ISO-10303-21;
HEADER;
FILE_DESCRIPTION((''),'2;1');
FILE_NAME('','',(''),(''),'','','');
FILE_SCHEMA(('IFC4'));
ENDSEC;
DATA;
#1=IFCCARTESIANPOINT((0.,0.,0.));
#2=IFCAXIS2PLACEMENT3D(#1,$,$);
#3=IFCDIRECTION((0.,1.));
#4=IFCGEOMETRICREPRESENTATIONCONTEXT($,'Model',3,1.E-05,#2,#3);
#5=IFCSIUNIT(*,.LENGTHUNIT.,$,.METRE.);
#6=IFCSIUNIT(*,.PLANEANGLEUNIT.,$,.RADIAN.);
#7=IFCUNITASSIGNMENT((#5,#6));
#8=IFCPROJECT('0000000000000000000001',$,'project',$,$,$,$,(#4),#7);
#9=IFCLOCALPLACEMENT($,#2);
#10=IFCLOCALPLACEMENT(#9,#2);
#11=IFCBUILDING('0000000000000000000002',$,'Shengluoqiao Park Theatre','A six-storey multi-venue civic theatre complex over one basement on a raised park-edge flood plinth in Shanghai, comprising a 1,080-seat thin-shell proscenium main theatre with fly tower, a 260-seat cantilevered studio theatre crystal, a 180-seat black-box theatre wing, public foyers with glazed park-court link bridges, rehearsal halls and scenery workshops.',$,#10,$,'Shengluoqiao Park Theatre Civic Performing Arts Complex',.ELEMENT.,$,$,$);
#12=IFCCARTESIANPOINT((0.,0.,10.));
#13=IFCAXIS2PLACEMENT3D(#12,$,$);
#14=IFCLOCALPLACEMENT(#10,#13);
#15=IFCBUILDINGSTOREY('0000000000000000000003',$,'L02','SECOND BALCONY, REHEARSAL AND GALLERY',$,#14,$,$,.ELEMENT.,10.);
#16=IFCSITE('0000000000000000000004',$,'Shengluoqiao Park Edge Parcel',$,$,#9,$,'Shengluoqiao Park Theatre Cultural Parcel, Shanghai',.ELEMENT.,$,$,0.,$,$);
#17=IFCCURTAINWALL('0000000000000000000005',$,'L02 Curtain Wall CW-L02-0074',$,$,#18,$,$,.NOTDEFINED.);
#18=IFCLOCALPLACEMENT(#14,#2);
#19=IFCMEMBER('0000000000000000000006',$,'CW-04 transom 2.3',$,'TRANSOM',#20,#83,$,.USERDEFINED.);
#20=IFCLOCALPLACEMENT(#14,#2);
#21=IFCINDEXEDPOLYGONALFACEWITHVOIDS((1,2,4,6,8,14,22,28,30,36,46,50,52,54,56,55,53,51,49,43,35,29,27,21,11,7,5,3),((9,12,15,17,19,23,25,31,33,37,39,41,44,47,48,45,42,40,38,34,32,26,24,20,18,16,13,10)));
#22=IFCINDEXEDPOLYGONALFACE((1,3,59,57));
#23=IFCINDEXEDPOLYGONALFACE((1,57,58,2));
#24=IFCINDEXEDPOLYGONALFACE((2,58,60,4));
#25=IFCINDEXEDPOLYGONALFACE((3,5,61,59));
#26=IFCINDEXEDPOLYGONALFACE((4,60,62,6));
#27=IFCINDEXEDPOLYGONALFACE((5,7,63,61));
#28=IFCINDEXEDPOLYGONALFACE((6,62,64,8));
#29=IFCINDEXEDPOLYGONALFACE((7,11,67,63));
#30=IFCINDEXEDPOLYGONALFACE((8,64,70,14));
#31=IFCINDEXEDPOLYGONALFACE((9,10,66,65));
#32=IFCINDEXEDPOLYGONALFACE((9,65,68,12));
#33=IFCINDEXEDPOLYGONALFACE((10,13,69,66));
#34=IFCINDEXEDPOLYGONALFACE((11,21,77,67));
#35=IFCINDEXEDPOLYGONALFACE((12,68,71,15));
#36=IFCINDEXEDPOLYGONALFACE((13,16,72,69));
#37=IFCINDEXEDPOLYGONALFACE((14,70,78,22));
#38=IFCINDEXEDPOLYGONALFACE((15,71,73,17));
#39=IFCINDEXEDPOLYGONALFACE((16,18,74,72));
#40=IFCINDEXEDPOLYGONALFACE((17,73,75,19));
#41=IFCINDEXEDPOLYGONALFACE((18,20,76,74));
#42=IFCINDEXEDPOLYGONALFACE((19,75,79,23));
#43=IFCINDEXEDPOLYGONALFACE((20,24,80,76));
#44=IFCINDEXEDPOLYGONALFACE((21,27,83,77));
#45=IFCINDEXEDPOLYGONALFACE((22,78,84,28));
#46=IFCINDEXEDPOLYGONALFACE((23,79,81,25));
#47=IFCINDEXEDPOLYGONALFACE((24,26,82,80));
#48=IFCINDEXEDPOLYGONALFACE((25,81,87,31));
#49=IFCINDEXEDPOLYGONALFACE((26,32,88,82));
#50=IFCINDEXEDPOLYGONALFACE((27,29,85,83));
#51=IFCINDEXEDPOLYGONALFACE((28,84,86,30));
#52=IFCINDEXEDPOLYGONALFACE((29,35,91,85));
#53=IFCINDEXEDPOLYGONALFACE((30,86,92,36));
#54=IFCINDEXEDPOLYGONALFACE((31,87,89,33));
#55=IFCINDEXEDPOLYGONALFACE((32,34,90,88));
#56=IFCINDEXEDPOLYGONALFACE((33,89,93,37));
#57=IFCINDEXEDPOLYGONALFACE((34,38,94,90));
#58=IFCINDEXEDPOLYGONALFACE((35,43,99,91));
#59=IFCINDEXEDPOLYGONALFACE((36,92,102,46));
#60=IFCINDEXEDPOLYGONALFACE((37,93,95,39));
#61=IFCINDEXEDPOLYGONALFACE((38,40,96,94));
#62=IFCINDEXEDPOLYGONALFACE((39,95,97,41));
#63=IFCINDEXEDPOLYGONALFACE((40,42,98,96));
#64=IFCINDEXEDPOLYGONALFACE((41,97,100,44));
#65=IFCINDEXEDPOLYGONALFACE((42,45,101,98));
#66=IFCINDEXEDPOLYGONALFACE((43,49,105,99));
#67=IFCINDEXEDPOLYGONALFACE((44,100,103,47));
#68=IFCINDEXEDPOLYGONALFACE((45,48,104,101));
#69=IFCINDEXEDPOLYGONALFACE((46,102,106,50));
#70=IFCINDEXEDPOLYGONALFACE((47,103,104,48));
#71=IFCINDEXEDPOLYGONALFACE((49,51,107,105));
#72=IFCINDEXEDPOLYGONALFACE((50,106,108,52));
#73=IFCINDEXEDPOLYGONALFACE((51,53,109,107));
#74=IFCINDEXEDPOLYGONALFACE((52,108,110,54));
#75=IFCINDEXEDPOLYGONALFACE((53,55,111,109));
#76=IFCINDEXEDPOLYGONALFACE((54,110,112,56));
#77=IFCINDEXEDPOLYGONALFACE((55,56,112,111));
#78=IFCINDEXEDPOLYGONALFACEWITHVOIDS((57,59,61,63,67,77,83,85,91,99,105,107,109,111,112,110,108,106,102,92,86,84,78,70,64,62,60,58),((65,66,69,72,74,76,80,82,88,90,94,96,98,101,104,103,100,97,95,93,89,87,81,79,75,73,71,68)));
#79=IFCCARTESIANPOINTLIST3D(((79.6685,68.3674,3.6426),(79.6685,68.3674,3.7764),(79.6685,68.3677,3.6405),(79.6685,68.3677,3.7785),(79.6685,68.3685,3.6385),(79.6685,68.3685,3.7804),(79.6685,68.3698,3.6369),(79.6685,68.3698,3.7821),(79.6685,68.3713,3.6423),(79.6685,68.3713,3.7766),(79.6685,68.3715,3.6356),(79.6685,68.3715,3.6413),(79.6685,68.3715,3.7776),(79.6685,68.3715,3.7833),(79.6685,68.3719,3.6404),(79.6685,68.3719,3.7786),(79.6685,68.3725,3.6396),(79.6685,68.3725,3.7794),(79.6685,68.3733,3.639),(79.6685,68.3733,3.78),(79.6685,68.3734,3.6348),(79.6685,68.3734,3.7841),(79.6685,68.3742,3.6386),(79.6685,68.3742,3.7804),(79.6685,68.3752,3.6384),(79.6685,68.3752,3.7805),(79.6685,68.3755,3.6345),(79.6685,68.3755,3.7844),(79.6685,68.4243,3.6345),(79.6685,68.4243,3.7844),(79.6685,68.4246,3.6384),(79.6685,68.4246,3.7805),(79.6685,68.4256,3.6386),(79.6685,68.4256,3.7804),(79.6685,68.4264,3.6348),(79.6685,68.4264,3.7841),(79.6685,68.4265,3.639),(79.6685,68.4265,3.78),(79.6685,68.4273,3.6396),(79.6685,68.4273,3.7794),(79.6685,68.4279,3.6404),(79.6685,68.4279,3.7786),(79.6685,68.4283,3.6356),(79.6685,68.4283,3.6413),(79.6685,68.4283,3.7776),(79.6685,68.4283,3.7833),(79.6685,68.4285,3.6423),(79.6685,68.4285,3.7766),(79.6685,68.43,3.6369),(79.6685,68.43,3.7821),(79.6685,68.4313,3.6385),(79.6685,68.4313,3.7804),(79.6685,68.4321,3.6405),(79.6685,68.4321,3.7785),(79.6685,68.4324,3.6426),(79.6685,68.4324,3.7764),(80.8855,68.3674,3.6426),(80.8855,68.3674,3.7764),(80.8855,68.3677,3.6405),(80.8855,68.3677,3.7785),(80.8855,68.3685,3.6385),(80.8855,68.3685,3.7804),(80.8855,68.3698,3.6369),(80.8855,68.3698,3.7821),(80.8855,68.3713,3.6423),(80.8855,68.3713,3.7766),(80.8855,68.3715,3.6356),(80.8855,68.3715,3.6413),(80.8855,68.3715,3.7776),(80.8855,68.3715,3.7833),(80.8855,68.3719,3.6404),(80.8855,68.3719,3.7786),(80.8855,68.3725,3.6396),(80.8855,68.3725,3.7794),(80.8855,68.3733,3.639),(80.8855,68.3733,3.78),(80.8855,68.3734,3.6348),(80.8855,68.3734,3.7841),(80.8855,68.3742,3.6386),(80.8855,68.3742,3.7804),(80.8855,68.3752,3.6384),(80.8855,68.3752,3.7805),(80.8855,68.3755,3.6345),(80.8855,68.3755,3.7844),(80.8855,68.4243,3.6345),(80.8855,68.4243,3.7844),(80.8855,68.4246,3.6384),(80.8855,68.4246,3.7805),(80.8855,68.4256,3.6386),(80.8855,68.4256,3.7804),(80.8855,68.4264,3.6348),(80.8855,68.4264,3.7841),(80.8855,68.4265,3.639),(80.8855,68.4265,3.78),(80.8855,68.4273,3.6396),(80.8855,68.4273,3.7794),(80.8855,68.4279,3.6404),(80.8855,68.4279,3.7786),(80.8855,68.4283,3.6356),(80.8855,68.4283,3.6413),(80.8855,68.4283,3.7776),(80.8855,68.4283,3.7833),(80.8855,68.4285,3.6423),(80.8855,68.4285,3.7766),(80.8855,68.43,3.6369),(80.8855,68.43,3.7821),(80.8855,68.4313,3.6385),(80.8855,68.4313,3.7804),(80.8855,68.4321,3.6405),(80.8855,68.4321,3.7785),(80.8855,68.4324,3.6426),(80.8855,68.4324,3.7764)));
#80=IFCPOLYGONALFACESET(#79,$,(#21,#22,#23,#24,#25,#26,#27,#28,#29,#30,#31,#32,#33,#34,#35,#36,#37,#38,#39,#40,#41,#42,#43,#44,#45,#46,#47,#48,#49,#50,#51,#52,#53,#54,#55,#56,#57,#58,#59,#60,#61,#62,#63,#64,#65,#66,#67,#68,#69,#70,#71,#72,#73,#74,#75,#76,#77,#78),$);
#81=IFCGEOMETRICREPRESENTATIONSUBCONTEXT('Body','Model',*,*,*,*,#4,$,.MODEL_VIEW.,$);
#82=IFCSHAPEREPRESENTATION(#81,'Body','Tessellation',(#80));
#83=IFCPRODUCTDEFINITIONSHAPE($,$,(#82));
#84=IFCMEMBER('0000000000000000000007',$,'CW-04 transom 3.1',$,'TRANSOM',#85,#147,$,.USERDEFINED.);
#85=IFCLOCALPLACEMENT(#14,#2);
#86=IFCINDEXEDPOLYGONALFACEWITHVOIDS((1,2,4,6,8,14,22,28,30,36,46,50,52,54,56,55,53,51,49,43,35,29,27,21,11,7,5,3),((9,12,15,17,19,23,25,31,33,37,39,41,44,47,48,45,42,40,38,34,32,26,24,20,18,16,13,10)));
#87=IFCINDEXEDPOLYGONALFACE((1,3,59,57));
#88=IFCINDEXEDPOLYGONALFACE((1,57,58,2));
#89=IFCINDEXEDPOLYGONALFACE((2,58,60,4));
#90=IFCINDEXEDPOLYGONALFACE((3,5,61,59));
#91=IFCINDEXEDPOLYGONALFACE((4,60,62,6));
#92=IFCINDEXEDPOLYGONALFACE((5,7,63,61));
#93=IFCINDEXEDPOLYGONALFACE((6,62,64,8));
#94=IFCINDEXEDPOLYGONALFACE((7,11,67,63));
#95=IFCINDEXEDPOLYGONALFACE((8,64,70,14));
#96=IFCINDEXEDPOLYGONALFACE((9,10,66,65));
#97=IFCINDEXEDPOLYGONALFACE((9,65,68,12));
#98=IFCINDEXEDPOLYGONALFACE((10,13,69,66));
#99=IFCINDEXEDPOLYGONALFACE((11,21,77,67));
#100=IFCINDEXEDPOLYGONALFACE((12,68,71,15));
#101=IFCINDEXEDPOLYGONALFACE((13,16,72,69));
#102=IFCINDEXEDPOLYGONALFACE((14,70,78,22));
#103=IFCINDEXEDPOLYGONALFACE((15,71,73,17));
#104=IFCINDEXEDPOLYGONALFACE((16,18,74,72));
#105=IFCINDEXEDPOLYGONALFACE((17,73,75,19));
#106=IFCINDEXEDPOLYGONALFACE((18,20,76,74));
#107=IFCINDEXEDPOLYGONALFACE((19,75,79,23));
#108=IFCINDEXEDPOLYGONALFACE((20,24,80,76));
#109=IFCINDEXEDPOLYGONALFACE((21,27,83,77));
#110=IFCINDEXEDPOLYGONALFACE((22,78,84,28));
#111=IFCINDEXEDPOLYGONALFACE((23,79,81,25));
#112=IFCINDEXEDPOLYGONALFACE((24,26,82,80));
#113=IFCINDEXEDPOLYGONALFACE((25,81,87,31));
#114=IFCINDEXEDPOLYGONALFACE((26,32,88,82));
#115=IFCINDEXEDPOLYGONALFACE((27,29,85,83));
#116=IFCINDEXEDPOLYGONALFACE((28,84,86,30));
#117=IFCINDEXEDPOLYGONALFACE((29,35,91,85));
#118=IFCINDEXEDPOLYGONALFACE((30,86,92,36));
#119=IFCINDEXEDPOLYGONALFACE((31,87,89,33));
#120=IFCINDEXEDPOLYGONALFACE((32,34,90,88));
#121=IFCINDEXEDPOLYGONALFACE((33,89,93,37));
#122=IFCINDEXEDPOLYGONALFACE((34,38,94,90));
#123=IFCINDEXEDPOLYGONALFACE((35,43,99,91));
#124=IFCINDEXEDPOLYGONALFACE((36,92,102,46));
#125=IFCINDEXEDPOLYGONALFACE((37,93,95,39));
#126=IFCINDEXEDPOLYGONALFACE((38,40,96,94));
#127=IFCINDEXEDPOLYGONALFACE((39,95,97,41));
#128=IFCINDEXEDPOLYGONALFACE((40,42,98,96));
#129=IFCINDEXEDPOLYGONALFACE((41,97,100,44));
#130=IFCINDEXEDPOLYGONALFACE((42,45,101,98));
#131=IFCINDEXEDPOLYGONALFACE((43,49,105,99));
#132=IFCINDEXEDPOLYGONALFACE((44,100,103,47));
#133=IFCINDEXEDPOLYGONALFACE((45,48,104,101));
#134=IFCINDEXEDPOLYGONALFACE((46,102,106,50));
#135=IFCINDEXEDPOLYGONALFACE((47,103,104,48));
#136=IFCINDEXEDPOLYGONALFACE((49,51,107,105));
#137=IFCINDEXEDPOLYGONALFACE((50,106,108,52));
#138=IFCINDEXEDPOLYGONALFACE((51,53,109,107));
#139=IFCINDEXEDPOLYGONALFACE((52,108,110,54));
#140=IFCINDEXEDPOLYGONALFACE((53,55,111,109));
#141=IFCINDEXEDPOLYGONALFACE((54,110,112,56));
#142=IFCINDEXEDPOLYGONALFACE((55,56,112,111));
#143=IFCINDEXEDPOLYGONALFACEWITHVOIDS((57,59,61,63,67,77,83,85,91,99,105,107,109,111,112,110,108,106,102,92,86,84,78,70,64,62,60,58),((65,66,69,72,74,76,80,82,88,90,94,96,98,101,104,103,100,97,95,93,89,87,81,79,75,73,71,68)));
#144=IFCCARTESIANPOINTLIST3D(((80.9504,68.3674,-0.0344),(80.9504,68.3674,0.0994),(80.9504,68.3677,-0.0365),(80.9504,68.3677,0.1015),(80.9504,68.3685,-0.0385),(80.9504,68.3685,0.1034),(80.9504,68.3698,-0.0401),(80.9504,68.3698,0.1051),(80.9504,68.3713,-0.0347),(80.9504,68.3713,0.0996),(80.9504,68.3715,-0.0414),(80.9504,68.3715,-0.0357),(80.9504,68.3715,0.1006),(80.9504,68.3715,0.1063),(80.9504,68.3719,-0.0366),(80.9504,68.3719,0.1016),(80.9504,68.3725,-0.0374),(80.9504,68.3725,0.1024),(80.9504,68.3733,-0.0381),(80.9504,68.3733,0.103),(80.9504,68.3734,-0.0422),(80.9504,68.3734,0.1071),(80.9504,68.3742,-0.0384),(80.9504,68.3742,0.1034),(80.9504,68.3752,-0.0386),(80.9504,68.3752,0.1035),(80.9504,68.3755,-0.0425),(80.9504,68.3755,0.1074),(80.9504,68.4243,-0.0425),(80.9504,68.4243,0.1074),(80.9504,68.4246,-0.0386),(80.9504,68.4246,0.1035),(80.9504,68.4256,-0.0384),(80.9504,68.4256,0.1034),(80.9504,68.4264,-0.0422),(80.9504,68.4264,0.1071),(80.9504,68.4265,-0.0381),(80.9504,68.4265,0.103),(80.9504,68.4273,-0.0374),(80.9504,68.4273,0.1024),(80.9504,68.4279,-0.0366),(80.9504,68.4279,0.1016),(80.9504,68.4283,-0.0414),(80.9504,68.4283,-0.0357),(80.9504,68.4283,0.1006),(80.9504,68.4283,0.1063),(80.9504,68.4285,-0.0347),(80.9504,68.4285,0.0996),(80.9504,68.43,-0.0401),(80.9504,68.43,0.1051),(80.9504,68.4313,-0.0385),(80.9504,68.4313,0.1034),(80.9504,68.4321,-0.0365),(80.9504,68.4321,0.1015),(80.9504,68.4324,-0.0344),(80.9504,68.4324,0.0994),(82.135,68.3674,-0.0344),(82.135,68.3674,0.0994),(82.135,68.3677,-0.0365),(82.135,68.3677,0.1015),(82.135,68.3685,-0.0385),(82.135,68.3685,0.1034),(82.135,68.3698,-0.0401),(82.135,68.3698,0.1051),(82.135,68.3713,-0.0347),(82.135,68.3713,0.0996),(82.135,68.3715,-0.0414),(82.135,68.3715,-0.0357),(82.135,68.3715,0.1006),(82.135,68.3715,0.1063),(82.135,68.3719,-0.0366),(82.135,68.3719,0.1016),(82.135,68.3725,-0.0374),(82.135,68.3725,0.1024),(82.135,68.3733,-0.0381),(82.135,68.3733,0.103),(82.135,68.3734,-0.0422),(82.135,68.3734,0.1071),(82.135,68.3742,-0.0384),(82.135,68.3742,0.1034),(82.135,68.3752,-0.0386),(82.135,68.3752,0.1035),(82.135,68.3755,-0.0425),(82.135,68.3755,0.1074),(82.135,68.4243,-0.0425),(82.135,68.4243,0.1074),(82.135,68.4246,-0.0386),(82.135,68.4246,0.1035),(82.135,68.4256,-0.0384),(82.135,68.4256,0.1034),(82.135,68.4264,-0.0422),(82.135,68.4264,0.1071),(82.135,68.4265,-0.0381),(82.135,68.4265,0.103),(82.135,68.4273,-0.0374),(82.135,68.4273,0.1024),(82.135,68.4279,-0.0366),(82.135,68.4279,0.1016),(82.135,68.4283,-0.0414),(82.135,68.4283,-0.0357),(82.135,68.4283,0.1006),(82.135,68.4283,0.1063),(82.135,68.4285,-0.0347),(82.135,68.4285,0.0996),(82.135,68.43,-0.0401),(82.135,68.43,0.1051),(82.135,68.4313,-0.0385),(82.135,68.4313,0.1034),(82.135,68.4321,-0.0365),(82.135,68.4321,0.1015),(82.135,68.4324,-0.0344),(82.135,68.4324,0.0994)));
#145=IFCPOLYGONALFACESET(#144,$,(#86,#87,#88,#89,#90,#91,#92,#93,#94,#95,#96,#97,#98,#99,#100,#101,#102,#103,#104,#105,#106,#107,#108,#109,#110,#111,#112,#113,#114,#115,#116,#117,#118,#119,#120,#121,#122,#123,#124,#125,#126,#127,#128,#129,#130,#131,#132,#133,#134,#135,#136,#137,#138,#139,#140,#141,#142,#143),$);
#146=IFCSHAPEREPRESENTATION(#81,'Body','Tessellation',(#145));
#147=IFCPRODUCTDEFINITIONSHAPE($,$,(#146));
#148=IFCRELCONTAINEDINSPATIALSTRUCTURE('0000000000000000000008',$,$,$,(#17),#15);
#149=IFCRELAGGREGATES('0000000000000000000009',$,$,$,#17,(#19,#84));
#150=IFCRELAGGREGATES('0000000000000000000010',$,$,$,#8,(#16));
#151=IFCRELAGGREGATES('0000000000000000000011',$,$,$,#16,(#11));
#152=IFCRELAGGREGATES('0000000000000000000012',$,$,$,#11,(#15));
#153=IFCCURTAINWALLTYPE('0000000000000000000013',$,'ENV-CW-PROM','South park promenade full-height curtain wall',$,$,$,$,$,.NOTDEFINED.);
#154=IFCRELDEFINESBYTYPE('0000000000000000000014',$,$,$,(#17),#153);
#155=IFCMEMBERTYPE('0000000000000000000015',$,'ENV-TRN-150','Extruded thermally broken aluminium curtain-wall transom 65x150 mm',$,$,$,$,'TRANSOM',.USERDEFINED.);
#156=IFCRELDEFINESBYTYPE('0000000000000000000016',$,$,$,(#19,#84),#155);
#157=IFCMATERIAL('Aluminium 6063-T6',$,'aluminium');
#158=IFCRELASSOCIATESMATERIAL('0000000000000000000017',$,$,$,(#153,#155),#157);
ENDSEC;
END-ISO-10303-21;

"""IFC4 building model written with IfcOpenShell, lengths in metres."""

from ifc_helpers import new_model, si_unit, direction, frame, origin, origin_2d, place, context, subcontext, project, spatial, hollow_rectangle, extrude, material, material_profile, profile_set, type_object, element, aggregate, save


model = new_model("IFC4")

# Units and contexts
model_context = context("Model", 3, precision=1e-05, world=origin(), true_north=direction((0.0, 1.0)))
body_context = subcontext(model_context, "Body", "Model", "MODEL_VIEW")
ifc_project = project(units=[si_unit("LENGTHUNIT", "METRE"), si_unit("PLANEANGLEUNIT", "RADIAN")], contexts=[model_context])

# Site, building, storey
site_placement = place(None, origin())
site = spatial("IfcSite", under=ifc_project, at=site_placement, Name="Shengluoqiao Park Edge Parcel", LongName="Shengluoqiao Park Theatre Cultural Parcel, Shanghai", CompositionType="ELEMENT", RefElevation=0.0)
building_placement = place(site_placement, origin())
building = spatial("IfcBuilding", under=site, at=building_placement, Name="Shengluoqiao Park Theatre", Description="A six-storey multi-venue civic theatre complex over one basement on a raised park-edge flood plinth in Shanghai, comprising a 1,080-seat thin-shell proscenium main theatre with fly tower, a 260-seat cantilevered studio theatre crystal, a 180-seat black-box theatre wing, public foyers with glazed park-court link bridges, rehearsal halls and scenery workshops.", LongName="Shengluoqiao Park Theatre Civic Performing Arts Complex", CompositionType="ELEMENT")
storey_placement = place(building_placement, frame((0.0, 0.0, 10.0)))
storey = spatial("IfcBuildingStorey", under=building, at=storey_placement, Name="L02", Description="SECOND BALCONY, REHEARSAL AND GALLERY", CompositionType="ELEMENT", Elevation=10.0)

# Curtain wall
ifc_material_1 = material(Name="Aluminium 6063-T6", Category="aluminium")
curtain_wall_type = type_object("IfcCurtainWallType", Name="ENV-CW-PROM", Description="South park promenade full-height curtain wall", PredefinedType="NOTDEFINED", material=ifc_material_1)
curtain_wall_1_placement = place(storey_placement, origin())
curtain_wall_1 = element("IfcCurtainWall", 1, at=curtain_wall_1_placement, inside=storey, type_object=curtain_wall_type, Name="L02 Curtain Wall CW-L02-0074", PredefinedType="NOTDEFINED")

# Members
ifc_material_profile_1 = material_profile(ifc_material_1, hollow_rectangle(XDim=0.0649, YDim=0.1499, WallThickness=0.0039, InnerFilletRadius=0.0039, OuterFilletRadius=0.0081, at=origin_2d()), Name="ALU TRANSOM 150x65x4")
ifc_profile_set_1 = profile_set([ifc_material_profile_1], Name="Aluminium 6063-T6")
member_type_1 = type_object("IfcMemberType", Name="ENV-TRN-150", Description="Extruded thermally broken aluminium curtain-wall transom 65x150 mm", ElementType="TRANSOM", PredefinedType="USERDEFINED", material=ifc_profile_set_1)
member_1_placement = place(storey_placement, frame((79.6685, 68.3999, 3.7095), z_axis=(1.0, 0.0, 0.0), x_axis=(0.0, 1.0, 0.0)))
member_1 = element("IfcMember", 2, at=member_1_placement, type_object=member_type_1, Name="CW-04 transom 2.3", ObjectType="TRANSOM", PredefinedType="USERDEFINED", context=body_context, shape_type="SweptSolid", body=[
    extrude(hollow_rectangle(XDim=0.0649, YDim=0.1499, WallThickness=0.0039, InnerFilletRadius=0.0039, OuterFilletRadius=0.0081, at=origin_2d()), origin(), (0.0, 0.0, 1.0), 1.217),
])
member_2_placement = place(storey_placement, frame((80.9504, 68.3999, 0.0325), z_axis=(1.0, 0.0, 0.0), x_axis=(0.0, 1.0, 0.0)))
member_2 = element("IfcMember", 3, at=member_2_placement, type_object=member_type_1, Name="CW-04 transom 3.1", ObjectType="TRANSOM", PredefinedType="USERDEFINED", context=body_context, shape_type="SweptSolid", body=[
    extrude(hollow_rectangle(XDim=0.0649, YDim=0.1499, WallThickness=0.0039, InnerFilletRadius=0.0039, OuterFilletRadius=0.0081, at=origin_2d()), origin(), (0.0, 0.0, 1.0), 1.1846),
])

aggregate(curtain_wall_1, [member_1, member_2])

save(model, "model.ifc")
